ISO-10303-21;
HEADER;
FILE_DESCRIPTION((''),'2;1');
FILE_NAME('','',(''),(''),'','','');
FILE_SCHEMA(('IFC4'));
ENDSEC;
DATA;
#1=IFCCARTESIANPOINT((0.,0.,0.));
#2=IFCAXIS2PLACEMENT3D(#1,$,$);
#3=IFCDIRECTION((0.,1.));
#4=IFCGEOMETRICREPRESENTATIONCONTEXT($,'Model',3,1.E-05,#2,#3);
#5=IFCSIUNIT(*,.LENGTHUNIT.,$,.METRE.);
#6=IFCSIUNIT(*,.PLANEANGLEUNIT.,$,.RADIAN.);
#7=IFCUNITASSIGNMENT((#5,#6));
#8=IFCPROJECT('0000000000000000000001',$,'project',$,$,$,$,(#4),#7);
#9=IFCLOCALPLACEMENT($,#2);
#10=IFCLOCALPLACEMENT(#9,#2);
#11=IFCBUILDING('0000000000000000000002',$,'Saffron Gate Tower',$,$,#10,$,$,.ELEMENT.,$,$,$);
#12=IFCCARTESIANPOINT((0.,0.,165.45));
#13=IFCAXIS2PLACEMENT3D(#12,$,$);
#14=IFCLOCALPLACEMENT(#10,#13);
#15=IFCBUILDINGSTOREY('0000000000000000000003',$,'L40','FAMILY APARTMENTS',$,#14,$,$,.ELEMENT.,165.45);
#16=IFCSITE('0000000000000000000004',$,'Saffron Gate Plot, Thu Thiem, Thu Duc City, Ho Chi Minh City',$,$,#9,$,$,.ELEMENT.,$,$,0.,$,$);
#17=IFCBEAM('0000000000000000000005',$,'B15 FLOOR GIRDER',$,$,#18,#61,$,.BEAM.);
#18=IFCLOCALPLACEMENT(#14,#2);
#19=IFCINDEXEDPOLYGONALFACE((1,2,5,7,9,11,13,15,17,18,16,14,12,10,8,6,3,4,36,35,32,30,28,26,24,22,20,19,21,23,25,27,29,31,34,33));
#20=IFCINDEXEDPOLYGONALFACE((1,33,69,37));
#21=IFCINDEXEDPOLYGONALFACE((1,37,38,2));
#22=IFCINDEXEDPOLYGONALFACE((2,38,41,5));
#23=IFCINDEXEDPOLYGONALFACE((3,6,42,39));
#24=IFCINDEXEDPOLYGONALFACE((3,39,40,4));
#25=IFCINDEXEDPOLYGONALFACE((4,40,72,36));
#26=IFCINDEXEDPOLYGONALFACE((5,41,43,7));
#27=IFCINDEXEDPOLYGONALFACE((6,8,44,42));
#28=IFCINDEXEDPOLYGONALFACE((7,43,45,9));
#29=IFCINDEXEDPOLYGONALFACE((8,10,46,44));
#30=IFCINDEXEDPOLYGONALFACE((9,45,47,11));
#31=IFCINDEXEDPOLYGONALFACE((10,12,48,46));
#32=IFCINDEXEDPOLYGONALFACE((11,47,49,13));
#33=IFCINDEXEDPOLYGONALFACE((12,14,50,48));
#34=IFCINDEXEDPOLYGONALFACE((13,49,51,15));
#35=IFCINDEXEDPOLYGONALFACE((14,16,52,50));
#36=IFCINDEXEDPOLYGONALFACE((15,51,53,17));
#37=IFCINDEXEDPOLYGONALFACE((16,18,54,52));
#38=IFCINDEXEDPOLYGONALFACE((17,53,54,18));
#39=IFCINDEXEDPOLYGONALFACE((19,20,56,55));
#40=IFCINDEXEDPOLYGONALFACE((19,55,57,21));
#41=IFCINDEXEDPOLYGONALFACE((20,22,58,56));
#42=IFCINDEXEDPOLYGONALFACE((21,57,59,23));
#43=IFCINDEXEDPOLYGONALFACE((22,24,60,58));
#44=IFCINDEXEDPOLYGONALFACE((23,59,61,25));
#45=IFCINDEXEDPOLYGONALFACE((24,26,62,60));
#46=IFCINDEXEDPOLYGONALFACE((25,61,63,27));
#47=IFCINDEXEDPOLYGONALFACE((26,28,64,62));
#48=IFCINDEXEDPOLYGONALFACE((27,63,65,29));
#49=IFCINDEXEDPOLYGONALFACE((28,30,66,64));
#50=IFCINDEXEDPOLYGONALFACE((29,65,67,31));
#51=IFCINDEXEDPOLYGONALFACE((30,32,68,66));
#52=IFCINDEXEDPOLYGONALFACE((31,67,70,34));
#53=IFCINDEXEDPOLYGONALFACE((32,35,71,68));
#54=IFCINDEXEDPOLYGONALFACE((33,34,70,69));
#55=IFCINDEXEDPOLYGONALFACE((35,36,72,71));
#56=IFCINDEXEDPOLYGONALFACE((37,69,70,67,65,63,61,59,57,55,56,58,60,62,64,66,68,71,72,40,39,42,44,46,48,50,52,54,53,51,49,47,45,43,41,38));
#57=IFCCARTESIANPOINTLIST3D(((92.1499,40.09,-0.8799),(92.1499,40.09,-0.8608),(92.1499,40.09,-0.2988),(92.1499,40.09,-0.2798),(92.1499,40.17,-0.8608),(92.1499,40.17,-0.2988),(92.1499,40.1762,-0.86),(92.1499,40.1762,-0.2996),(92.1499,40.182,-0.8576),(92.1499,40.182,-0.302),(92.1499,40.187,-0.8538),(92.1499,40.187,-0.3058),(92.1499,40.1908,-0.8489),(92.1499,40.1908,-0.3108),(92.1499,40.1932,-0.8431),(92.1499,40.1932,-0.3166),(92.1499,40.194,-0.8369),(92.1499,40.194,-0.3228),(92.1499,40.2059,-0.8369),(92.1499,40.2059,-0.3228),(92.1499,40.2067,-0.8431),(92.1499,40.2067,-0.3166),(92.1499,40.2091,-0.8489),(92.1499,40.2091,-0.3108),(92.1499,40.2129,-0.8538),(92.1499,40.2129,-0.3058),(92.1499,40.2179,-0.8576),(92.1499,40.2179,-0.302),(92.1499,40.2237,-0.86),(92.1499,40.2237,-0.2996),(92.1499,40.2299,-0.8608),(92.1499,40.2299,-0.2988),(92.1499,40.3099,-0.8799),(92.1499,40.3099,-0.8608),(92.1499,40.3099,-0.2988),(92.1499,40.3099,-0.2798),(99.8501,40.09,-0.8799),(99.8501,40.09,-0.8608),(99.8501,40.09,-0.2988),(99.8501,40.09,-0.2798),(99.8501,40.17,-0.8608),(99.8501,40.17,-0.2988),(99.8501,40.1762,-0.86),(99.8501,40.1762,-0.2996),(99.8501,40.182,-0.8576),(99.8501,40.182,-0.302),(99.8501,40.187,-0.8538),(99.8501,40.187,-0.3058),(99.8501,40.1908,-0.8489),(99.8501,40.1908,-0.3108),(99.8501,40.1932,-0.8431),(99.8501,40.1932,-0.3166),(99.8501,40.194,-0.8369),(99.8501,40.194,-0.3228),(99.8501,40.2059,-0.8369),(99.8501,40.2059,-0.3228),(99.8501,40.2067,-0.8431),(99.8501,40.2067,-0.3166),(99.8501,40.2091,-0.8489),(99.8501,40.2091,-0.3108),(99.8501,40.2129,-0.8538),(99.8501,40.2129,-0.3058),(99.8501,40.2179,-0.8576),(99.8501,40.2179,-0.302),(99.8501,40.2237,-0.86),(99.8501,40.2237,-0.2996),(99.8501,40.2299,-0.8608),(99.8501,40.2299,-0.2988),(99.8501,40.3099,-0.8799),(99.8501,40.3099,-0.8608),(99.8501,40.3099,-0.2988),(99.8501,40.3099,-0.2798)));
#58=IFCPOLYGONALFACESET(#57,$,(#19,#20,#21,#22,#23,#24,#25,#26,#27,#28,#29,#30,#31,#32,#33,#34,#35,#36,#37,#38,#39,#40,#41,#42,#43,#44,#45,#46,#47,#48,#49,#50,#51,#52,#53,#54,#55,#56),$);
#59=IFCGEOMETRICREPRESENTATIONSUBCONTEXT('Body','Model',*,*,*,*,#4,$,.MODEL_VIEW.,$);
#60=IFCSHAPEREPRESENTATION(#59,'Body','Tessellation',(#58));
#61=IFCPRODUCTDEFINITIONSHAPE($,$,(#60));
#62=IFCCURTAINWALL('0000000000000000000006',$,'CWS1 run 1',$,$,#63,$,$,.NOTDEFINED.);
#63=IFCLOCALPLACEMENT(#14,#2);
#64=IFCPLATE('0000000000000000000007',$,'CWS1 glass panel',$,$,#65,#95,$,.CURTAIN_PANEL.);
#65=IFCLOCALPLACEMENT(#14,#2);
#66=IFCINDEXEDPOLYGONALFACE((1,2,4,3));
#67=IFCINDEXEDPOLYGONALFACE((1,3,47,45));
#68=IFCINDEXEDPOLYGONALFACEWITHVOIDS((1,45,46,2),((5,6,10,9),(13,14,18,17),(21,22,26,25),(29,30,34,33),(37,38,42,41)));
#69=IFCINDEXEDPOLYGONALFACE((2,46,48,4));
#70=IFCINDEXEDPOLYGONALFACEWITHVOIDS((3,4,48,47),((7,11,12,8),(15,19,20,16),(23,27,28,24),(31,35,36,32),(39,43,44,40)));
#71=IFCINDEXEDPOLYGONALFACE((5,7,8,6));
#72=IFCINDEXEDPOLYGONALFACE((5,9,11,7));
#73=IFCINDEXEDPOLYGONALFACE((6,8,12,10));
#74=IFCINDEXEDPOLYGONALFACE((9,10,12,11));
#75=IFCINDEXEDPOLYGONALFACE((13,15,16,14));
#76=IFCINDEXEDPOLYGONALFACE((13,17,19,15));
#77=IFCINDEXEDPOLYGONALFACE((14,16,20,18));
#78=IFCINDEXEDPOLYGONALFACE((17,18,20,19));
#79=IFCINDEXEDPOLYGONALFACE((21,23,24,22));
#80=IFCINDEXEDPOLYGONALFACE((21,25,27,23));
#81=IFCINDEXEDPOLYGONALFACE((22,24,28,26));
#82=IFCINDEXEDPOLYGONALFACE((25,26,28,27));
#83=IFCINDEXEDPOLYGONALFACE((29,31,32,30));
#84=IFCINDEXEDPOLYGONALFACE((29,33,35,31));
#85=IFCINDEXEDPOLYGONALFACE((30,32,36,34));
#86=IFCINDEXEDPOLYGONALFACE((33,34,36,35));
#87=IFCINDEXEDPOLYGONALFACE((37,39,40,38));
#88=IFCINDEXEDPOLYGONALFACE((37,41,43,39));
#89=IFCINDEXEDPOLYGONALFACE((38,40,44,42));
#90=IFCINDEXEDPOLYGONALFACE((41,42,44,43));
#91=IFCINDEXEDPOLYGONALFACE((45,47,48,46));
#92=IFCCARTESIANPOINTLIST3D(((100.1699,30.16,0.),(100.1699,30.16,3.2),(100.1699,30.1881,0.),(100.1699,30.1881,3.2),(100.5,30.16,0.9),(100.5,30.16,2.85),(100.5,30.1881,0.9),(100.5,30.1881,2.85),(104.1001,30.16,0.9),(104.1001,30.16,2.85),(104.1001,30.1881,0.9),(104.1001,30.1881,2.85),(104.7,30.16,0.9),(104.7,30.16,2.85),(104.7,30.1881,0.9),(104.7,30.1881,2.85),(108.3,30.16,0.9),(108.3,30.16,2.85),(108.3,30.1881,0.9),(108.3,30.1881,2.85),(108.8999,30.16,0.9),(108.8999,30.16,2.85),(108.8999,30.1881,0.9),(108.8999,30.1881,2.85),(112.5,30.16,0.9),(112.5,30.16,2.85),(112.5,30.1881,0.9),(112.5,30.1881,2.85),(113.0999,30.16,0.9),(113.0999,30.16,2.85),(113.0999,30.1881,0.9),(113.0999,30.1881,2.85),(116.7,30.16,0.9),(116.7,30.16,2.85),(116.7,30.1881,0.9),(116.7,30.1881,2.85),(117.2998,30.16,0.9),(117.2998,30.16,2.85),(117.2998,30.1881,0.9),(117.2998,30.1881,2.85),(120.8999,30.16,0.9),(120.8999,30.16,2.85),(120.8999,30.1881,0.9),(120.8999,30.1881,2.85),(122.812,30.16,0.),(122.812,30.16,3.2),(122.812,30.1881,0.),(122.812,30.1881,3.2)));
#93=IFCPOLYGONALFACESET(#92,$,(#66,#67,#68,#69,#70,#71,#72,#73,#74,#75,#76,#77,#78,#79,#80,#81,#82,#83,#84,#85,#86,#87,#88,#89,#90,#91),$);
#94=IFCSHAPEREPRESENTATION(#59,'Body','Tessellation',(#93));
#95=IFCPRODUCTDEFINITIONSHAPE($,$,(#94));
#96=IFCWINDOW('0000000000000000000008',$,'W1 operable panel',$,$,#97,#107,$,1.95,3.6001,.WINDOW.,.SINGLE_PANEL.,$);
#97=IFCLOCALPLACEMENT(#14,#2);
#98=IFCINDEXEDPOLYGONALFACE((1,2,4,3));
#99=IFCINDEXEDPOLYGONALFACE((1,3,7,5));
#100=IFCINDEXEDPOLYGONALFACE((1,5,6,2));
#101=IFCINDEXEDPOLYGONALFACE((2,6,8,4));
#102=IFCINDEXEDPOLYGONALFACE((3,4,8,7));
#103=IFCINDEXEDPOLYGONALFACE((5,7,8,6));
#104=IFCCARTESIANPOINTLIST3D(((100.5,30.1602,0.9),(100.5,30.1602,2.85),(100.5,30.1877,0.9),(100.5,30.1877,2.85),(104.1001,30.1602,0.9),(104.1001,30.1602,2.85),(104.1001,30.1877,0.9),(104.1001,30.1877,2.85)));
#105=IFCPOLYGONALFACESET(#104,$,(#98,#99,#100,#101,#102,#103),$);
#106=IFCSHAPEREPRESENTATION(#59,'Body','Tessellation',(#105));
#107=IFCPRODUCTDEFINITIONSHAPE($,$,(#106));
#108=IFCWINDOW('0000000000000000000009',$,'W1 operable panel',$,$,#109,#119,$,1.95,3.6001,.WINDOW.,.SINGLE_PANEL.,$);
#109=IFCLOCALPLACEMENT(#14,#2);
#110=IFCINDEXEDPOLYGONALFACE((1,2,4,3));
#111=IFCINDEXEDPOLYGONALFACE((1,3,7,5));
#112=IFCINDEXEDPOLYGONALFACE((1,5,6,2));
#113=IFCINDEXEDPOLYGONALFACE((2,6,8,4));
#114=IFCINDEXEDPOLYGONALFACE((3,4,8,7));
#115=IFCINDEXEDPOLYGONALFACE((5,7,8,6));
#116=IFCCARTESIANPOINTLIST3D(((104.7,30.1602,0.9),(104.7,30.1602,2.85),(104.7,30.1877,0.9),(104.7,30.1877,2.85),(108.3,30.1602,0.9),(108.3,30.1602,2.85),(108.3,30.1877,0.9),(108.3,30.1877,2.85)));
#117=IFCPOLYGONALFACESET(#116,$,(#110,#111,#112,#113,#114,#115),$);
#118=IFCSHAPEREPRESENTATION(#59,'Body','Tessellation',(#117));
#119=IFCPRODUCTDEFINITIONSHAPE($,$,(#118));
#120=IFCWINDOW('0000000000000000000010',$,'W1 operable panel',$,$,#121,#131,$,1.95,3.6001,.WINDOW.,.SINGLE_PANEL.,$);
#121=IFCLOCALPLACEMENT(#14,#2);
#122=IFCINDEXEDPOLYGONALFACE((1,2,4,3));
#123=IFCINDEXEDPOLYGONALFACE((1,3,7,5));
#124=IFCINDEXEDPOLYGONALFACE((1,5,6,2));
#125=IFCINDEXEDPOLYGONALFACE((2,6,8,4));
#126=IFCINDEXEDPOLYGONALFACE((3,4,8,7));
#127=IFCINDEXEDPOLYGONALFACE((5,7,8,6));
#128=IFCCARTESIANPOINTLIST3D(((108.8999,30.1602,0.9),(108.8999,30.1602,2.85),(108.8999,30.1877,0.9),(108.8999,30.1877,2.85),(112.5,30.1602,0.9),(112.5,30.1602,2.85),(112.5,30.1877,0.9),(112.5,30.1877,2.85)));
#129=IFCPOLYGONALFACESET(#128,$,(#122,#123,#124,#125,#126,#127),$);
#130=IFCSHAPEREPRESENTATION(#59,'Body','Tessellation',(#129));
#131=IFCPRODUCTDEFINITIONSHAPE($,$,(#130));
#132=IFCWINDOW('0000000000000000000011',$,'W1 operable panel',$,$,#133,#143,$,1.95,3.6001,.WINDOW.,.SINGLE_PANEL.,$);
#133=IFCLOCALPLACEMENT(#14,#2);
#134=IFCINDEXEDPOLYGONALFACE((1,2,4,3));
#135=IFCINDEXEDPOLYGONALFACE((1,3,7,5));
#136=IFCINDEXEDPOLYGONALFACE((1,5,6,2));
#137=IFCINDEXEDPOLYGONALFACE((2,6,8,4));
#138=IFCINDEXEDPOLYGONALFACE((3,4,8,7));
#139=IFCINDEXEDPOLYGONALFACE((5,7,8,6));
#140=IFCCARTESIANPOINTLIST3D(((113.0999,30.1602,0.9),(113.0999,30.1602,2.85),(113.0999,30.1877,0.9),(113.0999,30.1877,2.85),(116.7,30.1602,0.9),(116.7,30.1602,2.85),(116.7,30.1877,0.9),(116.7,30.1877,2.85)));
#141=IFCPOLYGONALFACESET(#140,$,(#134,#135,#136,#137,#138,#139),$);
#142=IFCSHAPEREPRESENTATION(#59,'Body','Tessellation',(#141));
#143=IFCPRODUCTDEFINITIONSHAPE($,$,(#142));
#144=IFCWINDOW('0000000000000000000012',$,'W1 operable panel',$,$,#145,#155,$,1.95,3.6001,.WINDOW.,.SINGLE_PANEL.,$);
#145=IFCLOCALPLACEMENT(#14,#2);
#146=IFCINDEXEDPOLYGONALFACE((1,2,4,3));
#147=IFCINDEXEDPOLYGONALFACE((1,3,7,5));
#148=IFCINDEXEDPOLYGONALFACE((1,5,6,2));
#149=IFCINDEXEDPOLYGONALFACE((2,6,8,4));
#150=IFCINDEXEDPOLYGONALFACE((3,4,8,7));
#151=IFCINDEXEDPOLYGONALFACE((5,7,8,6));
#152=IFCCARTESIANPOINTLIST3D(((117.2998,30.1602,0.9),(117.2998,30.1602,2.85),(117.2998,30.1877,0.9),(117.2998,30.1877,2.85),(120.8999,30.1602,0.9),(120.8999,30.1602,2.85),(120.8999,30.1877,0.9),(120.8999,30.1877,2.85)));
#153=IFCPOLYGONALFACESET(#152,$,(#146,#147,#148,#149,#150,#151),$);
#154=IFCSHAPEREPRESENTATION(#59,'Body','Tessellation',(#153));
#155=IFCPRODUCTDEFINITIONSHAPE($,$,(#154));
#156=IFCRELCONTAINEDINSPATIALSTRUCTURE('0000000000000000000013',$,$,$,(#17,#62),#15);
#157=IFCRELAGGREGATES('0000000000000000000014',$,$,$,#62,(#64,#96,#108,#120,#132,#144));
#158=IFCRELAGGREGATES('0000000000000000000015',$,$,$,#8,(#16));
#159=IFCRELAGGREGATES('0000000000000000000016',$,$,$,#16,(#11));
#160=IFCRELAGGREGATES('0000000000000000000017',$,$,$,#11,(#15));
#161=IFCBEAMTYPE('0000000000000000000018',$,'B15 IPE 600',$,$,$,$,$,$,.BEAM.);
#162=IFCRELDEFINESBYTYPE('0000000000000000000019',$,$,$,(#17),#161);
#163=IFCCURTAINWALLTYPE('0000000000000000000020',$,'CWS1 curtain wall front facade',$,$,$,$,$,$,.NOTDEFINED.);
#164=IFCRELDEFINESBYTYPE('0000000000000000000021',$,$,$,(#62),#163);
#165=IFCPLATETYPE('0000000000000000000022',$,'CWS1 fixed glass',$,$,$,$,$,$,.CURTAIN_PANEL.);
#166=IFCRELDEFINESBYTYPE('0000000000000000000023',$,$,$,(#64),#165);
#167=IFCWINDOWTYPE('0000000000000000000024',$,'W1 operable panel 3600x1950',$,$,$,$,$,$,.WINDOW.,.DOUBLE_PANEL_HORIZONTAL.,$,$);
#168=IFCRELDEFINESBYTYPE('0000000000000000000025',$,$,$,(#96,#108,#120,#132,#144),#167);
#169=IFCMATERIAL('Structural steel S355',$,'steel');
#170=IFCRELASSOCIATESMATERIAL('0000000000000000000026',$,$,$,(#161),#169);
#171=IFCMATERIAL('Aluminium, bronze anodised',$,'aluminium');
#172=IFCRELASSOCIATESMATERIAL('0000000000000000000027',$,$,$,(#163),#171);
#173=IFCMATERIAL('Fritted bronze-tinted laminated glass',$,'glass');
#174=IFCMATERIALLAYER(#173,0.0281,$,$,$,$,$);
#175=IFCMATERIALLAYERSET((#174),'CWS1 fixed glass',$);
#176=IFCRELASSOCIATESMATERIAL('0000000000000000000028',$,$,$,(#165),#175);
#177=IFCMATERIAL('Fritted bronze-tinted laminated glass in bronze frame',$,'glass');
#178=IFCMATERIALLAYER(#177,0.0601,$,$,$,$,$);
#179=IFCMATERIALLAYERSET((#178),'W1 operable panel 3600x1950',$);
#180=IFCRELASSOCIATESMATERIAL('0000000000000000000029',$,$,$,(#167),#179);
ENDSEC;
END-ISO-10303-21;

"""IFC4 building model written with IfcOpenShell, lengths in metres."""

from ifc_helpers import new_model, si_unit, direction, frame, frame_2d, origin, origin_2d, place, context, subcontext, project, spatial, rectangle, i_section, extrude, material, layer, layer_set, material_profile, profile_set, type_object, element, fill, aggregate, save


model = new_model("IFC4")

# Units and contexts
model_context = context("Model", 3, precision=1e-05, world=origin(), true_north=direction((0.0, 1.0)))
body_context = subcontext(model_context, "Body", "Model", "MODEL_VIEW")
ifc_project = project(units=[si_unit("LENGTHUNIT", "METRE"), si_unit("PLANEANGLEUNIT", "RADIAN")], contexts=[model_context])

# Site, building, storey
site_placement = place(None, origin())
site = spatial("IfcSite", under=ifc_project, at=site_placement, Name="Saffron Gate Plot, Thu Thiem, Thu Duc City, Ho Chi Minh City", CompositionType="ELEMENT", RefElevation=0.0)
building_placement = place(site_placement, origin())
building = spatial("IfcBuilding", under=site, at=building_placement, Name="Saffron Gate Tower", CompositionType="ELEMENT")
storey_placement = place(building_placement, frame((0.0, 0.0, 165.45)))
storey = spatial("IfcBuildingStorey", under=building, at=storey_placement, Name="L40", Description="FAMILY APARTMENTS", CompositionType="ELEMENT", Elevation=165.45)

# Beam
ifc_material_1 = material(Name="Structural steel S355", Category="steel")
ifc_material_profile_1 = material_profile(ifc_material_1, i_section(OverallWidth=0.22, OverallDepth=0.6001, WebThickness=0.012, FlangeThickness=0.019, FilletRadius=0.0239, at=origin_2d()))
ifc_profile_set_1 = profile_set([ifc_material_profile_1], Name="Structural steel S355")
beam_type_1 = type_object("IfcBeamType", Name="B15 IPE 600", PredefinedType="BEAM", material=ifc_profile_set_1)
beam_1_placement = place(storey_placement, frame((92.1499, 40.2, -0.5798), z_axis=(1.0, 0.0, 0.0), x_axis=(0.0, 1.0, 0.0)))
element("IfcBeam", 1, at=beam_1_placement, inside=storey, type_object=beam_type_1, Name="B15 FLOOR GIRDER", PredefinedType="BEAM", context=body_context, shape_type="SweptSolid", body=[
    extrude(i_section(OverallWidth=0.22, OverallDepth=0.6001, WebThickness=0.012, FlangeThickness=0.019, FilletRadius=0.0239, at=origin_2d()), origin(), (0.0, 0.0, 1.0), 7.7002),
])

# Curtain wall, plate, openings, windows
ifc_material_2 = material(Name="Aluminium, bronze anodised", Category="aluminium")
curtain_wall_type = type_object("IfcCurtainWallType", Name="CWS1 curtain wall front facade", PredefinedType="NOTDEFINED", material=ifc_material_2)
curtain_wall_placement = place(storey_placement, origin())
curtain_wall = element("IfcCurtainWall", 2, at=curtain_wall_placement, inside=storey, type_object=curtain_wall_type, Name="CWS1 run 1", PredefinedType="NOTDEFINED")
ifc_material_3 = material(Name="Fritted bronze-tinted laminated glass", Category="glass")
ifc_layer_1 = layer(ifc_material_3, 0.0281)
ifc_layer_set_1 = layer_set([ifc_layer_1], Name="CWS1 fixed glass")
plate_type = type_object("IfcPlateType", Name="CWS1 fixed glass", PredefinedType="CURTAIN_PANEL", material=ifc_layer_set_1)
plate_placement = place(storey_placement, frame((100.1699, 30.1741, 0.0), z_axis=(0.0, 0.0, 1.0), x_axis=(1.0, 0.0, 0.0)))
plate = element("IfcPlate", 3, at=plate_placement, type_object=plate_type, Name="CWS1 glass panel", PredefinedType="CURTAIN_PANEL", context=body_context, shape_type="SweptSolid", body=[
    extrude(rectangle(XDim=22.6421, YDim=0.0281, at=frame_2d((11.321, 0.0))), origin(), (0.0, 0.0, 1.0), 3.2),
])
opening_1_placement = place(plate_placement, frame((0.3301, 0.0, 0.8999)))
opening_1 = element("IfcOpeningElement", 4, at=opening_1_placement, cuts=plate, PredefinedType="OPENING", context=body_context, shape_type="SweptSolid", body=[
    extrude(rectangle(XDim=3.6001, YDim=1.95, at=frame_2d((1.8, 0.9751))), frame((0.0, 0.0239, 0.0), z_axis=(0.0, -1.0, 0.0), x_axis=(1.0, 0.0, 0.0)), (0.0, 0.0, 1.0), 0.0481),
])
opening_2_placement = place(plate_placement, frame((4.53, 0.0, 0.8999)))
opening_2 = element("IfcOpeningElement", 5, at=opening_2_placement, cuts=plate, PredefinedType="OPENING", context=body_context, shape_type="SweptSolid", body=[
    extrude(rectangle(XDim=3.6001, YDim=1.95, at=frame_2d((1.8, 0.9751))), frame((0.0, 0.0239, 0.0), z_axis=(0.0, -1.0, 0.0), x_axis=(1.0, 0.0, 0.0)), (0.0, 0.0, 1.0), 0.0481),
])
opening_3_placement = place(plate_placement, frame((8.73, 0.0, 0.8999)))
opening_3 = element("IfcOpeningElement", 6, at=opening_3_placement, cuts=plate, PredefinedType="OPENING", context=body_context, shape_type="SweptSolid", body=[
    extrude(rectangle(XDim=3.6001, YDim=1.95, at=frame_2d((1.8, 0.9751))), frame((0.0, 0.0239, 0.0), z_axis=(0.0, -1.0, 0.0), x_axis=(1.0, 0.0, 0.0)), (0.0, 0.0, 1.0), 0.0481),
])
opening_4_placement = place(plate_placement, frame((12.9299, 0.0, 0.8999)))
opening_4 = element("IfcOpeningElement", 7, at=opening_4_placement, cuts=plate, PredefinedType="OPENING", context=body_context, shape_type="SweptSolid", body=[
    extrude(rectangle(XDim=3.6001, YDim=1.95, at=frame_2d((1.8, 0.9751))), frame((0.0, 0.0239, 0.0), z_axis=(0.0, -1.0, 0.0), x_axis=(1.0, 0.0, 0.0)), (0.0, 0.0, 1.0), 0.0481),
])
opening_5_placement = place(plate_placement, frame((17.1299, 0.0, 0.8999)))
opening_5 = element("IfcOpeningElement", 8, at=opening_5_placement, cuts=plate, PredefinedType="OPENING", context=body_context, shape_type="SweptSolid", body=[
    extrude(rectangle(XDim=3.6001, YDim=1.95, at=frame_2d((1.8, 0.9751))), frame((0.0, 0.0239, 0.0), z_axis=(0.0, -1.0, 0.0), x_axis=(1.0, 0.0, 0.0)), (0.0, 0.0, 1.0), 0.0481),
])
ifc_material_4 = material(Name="Fritted bronze-tinted laminated glass in bronze frame", Category="glass")
ifc_layer_2 = layer(ifc_material_4, 0.0601)
ifc_layer_set_2 = layer_set([ifc_layer_2], Name="W1 operable panel 3600x1950")
window_type = type_object("IfcWindowType", Name="W1 operable panel 3600x1950", PartitioningType="DOUBLE_PANEL_HORIZONTAL", PredefinedType="WINDOW", material=ifc_layer_set_2)
window_1_placement = place(opening_1_placement, origin())
window_1 = element("IfcWindow", 9, at=window_1_placement, type_object=window_type, Name="W1 operable panel", OverallHeight=1.95, OverallWidth=3.6001, PartitioningType="SINGLE_PANEL", PredefinedType="WINDOW", context=body_context, shape_type="SweptSolid", body=[
    extrude(rectangle(XDim=3.6001, YDim=1.95, at=frame_2d((1.8, 0.9751))), frame((0.0, 0.0137, 0.0), z_axis=(0.0, -1.0, 0.0), x_axis=(1.0, 0.0, 0.0)), (0.0, 0.0, 1.0), 0.0276),
])
fill(opening_1, window_1)
window_2_placement = place(opening_2_placement, origin())
window_2 = element("IfcWindow", 10, at=window_2_placement, type_object=window_type, Name="W1 operable panel", OverallHeight=1.95, OverallWidth=3.6001, PartitioningType="SINGLE_PANEL", PredefinedType="WINDOW", context=body_context, shape_type="SweptSolid", body=[
    extrude(rectangle(XDim=3.6001, YDim=1.95, at=frame_2d((1.8, 0.9751))), frame((0.0, 0.0137, 0.0), z_axis=(0.0, -1.0, 0.0), x_axis=(1.0, 0.0, 0.0)), (0.0, 0.0, 1.0), 0.0276),
])
fill(opening_2, window_2)
window_3_placement = place(opening_3_placement, origin())
window_3 = element("IfcWindow", 11, at=window_3_placement, type_object=window_type, Name="W1 operable panel", OverallHeight=1.95, OverallWidth=3.6001, PartitioningType="SINGLE_PANEL", PredefinedType="WINDOW", context=body_context, shape_type="SweptSolid", body=[
    extrude(rectangle(XDim=3.6001, YDim=1.95, at=frame_2d((1.8, 0.9751))), frame((0.0, 0.0137, 0.0), z_axis=(0.0, -1.0, 0.0), x_axis=(1.0, 0.0, 0.0)), (0.0, 0.0, 1.0), 0.0276),
])
fill(opening_3, window_3)
window_4_placement = place(opening_4_placement, origin())
window_4 = element("IfcWindow", 12, at=window_4_placement, type_object=window_type, Name="W1 operable panel", OverallHeight=1.95, OverallWidth=3.6001, PartitioningType="SINGLE_PANEL", PredefinedType="WINDOW", context=body_context, shape_type="SweptSolid", body=[
    extrude(rectangle(XDim=3.6001, YDim=1.95, at=frame_2d((1.8, 0.9751))), frame((0.0, 0.0137, 0.0), z_axis=(0.0, -1.0, 0.0), x_axis=(1.0, 0.0, 0.0)), (0.0, 0.0, 1.0), 0.0276),
])
fill(opening_4, window_4)
window_5_placement = place(opening_5_placement, origin())
window_5 = element("IfcWindow", 13, at=window_5_placement, type_object=window_type, Name="W1 operable panel", OverallHeight=1.95, OverallWidth=3.6001, PartitioningType="SINGLE_PANEL", PredefinedType="WINDOW", context=body_context, shape_type="SweptSolid", body=[
    extrude(rectangle(XDim=3.6001, YDim=1.95, at=frame_2d((1.8, 0.9751))), frame((0.0, 0.0137, 0.0), z_axis=(0.0, -1.0, 0.0), x_axis=(1.0, 0.0, 0.0)), (0.0, 0.0, 1.0), 0.0276),
])
fill(opening_5, window_5)
aggregate(curtain_wall, [plate, window_1, window_2, window_3, window_4, window_5])

save(model, "model.ifc")
